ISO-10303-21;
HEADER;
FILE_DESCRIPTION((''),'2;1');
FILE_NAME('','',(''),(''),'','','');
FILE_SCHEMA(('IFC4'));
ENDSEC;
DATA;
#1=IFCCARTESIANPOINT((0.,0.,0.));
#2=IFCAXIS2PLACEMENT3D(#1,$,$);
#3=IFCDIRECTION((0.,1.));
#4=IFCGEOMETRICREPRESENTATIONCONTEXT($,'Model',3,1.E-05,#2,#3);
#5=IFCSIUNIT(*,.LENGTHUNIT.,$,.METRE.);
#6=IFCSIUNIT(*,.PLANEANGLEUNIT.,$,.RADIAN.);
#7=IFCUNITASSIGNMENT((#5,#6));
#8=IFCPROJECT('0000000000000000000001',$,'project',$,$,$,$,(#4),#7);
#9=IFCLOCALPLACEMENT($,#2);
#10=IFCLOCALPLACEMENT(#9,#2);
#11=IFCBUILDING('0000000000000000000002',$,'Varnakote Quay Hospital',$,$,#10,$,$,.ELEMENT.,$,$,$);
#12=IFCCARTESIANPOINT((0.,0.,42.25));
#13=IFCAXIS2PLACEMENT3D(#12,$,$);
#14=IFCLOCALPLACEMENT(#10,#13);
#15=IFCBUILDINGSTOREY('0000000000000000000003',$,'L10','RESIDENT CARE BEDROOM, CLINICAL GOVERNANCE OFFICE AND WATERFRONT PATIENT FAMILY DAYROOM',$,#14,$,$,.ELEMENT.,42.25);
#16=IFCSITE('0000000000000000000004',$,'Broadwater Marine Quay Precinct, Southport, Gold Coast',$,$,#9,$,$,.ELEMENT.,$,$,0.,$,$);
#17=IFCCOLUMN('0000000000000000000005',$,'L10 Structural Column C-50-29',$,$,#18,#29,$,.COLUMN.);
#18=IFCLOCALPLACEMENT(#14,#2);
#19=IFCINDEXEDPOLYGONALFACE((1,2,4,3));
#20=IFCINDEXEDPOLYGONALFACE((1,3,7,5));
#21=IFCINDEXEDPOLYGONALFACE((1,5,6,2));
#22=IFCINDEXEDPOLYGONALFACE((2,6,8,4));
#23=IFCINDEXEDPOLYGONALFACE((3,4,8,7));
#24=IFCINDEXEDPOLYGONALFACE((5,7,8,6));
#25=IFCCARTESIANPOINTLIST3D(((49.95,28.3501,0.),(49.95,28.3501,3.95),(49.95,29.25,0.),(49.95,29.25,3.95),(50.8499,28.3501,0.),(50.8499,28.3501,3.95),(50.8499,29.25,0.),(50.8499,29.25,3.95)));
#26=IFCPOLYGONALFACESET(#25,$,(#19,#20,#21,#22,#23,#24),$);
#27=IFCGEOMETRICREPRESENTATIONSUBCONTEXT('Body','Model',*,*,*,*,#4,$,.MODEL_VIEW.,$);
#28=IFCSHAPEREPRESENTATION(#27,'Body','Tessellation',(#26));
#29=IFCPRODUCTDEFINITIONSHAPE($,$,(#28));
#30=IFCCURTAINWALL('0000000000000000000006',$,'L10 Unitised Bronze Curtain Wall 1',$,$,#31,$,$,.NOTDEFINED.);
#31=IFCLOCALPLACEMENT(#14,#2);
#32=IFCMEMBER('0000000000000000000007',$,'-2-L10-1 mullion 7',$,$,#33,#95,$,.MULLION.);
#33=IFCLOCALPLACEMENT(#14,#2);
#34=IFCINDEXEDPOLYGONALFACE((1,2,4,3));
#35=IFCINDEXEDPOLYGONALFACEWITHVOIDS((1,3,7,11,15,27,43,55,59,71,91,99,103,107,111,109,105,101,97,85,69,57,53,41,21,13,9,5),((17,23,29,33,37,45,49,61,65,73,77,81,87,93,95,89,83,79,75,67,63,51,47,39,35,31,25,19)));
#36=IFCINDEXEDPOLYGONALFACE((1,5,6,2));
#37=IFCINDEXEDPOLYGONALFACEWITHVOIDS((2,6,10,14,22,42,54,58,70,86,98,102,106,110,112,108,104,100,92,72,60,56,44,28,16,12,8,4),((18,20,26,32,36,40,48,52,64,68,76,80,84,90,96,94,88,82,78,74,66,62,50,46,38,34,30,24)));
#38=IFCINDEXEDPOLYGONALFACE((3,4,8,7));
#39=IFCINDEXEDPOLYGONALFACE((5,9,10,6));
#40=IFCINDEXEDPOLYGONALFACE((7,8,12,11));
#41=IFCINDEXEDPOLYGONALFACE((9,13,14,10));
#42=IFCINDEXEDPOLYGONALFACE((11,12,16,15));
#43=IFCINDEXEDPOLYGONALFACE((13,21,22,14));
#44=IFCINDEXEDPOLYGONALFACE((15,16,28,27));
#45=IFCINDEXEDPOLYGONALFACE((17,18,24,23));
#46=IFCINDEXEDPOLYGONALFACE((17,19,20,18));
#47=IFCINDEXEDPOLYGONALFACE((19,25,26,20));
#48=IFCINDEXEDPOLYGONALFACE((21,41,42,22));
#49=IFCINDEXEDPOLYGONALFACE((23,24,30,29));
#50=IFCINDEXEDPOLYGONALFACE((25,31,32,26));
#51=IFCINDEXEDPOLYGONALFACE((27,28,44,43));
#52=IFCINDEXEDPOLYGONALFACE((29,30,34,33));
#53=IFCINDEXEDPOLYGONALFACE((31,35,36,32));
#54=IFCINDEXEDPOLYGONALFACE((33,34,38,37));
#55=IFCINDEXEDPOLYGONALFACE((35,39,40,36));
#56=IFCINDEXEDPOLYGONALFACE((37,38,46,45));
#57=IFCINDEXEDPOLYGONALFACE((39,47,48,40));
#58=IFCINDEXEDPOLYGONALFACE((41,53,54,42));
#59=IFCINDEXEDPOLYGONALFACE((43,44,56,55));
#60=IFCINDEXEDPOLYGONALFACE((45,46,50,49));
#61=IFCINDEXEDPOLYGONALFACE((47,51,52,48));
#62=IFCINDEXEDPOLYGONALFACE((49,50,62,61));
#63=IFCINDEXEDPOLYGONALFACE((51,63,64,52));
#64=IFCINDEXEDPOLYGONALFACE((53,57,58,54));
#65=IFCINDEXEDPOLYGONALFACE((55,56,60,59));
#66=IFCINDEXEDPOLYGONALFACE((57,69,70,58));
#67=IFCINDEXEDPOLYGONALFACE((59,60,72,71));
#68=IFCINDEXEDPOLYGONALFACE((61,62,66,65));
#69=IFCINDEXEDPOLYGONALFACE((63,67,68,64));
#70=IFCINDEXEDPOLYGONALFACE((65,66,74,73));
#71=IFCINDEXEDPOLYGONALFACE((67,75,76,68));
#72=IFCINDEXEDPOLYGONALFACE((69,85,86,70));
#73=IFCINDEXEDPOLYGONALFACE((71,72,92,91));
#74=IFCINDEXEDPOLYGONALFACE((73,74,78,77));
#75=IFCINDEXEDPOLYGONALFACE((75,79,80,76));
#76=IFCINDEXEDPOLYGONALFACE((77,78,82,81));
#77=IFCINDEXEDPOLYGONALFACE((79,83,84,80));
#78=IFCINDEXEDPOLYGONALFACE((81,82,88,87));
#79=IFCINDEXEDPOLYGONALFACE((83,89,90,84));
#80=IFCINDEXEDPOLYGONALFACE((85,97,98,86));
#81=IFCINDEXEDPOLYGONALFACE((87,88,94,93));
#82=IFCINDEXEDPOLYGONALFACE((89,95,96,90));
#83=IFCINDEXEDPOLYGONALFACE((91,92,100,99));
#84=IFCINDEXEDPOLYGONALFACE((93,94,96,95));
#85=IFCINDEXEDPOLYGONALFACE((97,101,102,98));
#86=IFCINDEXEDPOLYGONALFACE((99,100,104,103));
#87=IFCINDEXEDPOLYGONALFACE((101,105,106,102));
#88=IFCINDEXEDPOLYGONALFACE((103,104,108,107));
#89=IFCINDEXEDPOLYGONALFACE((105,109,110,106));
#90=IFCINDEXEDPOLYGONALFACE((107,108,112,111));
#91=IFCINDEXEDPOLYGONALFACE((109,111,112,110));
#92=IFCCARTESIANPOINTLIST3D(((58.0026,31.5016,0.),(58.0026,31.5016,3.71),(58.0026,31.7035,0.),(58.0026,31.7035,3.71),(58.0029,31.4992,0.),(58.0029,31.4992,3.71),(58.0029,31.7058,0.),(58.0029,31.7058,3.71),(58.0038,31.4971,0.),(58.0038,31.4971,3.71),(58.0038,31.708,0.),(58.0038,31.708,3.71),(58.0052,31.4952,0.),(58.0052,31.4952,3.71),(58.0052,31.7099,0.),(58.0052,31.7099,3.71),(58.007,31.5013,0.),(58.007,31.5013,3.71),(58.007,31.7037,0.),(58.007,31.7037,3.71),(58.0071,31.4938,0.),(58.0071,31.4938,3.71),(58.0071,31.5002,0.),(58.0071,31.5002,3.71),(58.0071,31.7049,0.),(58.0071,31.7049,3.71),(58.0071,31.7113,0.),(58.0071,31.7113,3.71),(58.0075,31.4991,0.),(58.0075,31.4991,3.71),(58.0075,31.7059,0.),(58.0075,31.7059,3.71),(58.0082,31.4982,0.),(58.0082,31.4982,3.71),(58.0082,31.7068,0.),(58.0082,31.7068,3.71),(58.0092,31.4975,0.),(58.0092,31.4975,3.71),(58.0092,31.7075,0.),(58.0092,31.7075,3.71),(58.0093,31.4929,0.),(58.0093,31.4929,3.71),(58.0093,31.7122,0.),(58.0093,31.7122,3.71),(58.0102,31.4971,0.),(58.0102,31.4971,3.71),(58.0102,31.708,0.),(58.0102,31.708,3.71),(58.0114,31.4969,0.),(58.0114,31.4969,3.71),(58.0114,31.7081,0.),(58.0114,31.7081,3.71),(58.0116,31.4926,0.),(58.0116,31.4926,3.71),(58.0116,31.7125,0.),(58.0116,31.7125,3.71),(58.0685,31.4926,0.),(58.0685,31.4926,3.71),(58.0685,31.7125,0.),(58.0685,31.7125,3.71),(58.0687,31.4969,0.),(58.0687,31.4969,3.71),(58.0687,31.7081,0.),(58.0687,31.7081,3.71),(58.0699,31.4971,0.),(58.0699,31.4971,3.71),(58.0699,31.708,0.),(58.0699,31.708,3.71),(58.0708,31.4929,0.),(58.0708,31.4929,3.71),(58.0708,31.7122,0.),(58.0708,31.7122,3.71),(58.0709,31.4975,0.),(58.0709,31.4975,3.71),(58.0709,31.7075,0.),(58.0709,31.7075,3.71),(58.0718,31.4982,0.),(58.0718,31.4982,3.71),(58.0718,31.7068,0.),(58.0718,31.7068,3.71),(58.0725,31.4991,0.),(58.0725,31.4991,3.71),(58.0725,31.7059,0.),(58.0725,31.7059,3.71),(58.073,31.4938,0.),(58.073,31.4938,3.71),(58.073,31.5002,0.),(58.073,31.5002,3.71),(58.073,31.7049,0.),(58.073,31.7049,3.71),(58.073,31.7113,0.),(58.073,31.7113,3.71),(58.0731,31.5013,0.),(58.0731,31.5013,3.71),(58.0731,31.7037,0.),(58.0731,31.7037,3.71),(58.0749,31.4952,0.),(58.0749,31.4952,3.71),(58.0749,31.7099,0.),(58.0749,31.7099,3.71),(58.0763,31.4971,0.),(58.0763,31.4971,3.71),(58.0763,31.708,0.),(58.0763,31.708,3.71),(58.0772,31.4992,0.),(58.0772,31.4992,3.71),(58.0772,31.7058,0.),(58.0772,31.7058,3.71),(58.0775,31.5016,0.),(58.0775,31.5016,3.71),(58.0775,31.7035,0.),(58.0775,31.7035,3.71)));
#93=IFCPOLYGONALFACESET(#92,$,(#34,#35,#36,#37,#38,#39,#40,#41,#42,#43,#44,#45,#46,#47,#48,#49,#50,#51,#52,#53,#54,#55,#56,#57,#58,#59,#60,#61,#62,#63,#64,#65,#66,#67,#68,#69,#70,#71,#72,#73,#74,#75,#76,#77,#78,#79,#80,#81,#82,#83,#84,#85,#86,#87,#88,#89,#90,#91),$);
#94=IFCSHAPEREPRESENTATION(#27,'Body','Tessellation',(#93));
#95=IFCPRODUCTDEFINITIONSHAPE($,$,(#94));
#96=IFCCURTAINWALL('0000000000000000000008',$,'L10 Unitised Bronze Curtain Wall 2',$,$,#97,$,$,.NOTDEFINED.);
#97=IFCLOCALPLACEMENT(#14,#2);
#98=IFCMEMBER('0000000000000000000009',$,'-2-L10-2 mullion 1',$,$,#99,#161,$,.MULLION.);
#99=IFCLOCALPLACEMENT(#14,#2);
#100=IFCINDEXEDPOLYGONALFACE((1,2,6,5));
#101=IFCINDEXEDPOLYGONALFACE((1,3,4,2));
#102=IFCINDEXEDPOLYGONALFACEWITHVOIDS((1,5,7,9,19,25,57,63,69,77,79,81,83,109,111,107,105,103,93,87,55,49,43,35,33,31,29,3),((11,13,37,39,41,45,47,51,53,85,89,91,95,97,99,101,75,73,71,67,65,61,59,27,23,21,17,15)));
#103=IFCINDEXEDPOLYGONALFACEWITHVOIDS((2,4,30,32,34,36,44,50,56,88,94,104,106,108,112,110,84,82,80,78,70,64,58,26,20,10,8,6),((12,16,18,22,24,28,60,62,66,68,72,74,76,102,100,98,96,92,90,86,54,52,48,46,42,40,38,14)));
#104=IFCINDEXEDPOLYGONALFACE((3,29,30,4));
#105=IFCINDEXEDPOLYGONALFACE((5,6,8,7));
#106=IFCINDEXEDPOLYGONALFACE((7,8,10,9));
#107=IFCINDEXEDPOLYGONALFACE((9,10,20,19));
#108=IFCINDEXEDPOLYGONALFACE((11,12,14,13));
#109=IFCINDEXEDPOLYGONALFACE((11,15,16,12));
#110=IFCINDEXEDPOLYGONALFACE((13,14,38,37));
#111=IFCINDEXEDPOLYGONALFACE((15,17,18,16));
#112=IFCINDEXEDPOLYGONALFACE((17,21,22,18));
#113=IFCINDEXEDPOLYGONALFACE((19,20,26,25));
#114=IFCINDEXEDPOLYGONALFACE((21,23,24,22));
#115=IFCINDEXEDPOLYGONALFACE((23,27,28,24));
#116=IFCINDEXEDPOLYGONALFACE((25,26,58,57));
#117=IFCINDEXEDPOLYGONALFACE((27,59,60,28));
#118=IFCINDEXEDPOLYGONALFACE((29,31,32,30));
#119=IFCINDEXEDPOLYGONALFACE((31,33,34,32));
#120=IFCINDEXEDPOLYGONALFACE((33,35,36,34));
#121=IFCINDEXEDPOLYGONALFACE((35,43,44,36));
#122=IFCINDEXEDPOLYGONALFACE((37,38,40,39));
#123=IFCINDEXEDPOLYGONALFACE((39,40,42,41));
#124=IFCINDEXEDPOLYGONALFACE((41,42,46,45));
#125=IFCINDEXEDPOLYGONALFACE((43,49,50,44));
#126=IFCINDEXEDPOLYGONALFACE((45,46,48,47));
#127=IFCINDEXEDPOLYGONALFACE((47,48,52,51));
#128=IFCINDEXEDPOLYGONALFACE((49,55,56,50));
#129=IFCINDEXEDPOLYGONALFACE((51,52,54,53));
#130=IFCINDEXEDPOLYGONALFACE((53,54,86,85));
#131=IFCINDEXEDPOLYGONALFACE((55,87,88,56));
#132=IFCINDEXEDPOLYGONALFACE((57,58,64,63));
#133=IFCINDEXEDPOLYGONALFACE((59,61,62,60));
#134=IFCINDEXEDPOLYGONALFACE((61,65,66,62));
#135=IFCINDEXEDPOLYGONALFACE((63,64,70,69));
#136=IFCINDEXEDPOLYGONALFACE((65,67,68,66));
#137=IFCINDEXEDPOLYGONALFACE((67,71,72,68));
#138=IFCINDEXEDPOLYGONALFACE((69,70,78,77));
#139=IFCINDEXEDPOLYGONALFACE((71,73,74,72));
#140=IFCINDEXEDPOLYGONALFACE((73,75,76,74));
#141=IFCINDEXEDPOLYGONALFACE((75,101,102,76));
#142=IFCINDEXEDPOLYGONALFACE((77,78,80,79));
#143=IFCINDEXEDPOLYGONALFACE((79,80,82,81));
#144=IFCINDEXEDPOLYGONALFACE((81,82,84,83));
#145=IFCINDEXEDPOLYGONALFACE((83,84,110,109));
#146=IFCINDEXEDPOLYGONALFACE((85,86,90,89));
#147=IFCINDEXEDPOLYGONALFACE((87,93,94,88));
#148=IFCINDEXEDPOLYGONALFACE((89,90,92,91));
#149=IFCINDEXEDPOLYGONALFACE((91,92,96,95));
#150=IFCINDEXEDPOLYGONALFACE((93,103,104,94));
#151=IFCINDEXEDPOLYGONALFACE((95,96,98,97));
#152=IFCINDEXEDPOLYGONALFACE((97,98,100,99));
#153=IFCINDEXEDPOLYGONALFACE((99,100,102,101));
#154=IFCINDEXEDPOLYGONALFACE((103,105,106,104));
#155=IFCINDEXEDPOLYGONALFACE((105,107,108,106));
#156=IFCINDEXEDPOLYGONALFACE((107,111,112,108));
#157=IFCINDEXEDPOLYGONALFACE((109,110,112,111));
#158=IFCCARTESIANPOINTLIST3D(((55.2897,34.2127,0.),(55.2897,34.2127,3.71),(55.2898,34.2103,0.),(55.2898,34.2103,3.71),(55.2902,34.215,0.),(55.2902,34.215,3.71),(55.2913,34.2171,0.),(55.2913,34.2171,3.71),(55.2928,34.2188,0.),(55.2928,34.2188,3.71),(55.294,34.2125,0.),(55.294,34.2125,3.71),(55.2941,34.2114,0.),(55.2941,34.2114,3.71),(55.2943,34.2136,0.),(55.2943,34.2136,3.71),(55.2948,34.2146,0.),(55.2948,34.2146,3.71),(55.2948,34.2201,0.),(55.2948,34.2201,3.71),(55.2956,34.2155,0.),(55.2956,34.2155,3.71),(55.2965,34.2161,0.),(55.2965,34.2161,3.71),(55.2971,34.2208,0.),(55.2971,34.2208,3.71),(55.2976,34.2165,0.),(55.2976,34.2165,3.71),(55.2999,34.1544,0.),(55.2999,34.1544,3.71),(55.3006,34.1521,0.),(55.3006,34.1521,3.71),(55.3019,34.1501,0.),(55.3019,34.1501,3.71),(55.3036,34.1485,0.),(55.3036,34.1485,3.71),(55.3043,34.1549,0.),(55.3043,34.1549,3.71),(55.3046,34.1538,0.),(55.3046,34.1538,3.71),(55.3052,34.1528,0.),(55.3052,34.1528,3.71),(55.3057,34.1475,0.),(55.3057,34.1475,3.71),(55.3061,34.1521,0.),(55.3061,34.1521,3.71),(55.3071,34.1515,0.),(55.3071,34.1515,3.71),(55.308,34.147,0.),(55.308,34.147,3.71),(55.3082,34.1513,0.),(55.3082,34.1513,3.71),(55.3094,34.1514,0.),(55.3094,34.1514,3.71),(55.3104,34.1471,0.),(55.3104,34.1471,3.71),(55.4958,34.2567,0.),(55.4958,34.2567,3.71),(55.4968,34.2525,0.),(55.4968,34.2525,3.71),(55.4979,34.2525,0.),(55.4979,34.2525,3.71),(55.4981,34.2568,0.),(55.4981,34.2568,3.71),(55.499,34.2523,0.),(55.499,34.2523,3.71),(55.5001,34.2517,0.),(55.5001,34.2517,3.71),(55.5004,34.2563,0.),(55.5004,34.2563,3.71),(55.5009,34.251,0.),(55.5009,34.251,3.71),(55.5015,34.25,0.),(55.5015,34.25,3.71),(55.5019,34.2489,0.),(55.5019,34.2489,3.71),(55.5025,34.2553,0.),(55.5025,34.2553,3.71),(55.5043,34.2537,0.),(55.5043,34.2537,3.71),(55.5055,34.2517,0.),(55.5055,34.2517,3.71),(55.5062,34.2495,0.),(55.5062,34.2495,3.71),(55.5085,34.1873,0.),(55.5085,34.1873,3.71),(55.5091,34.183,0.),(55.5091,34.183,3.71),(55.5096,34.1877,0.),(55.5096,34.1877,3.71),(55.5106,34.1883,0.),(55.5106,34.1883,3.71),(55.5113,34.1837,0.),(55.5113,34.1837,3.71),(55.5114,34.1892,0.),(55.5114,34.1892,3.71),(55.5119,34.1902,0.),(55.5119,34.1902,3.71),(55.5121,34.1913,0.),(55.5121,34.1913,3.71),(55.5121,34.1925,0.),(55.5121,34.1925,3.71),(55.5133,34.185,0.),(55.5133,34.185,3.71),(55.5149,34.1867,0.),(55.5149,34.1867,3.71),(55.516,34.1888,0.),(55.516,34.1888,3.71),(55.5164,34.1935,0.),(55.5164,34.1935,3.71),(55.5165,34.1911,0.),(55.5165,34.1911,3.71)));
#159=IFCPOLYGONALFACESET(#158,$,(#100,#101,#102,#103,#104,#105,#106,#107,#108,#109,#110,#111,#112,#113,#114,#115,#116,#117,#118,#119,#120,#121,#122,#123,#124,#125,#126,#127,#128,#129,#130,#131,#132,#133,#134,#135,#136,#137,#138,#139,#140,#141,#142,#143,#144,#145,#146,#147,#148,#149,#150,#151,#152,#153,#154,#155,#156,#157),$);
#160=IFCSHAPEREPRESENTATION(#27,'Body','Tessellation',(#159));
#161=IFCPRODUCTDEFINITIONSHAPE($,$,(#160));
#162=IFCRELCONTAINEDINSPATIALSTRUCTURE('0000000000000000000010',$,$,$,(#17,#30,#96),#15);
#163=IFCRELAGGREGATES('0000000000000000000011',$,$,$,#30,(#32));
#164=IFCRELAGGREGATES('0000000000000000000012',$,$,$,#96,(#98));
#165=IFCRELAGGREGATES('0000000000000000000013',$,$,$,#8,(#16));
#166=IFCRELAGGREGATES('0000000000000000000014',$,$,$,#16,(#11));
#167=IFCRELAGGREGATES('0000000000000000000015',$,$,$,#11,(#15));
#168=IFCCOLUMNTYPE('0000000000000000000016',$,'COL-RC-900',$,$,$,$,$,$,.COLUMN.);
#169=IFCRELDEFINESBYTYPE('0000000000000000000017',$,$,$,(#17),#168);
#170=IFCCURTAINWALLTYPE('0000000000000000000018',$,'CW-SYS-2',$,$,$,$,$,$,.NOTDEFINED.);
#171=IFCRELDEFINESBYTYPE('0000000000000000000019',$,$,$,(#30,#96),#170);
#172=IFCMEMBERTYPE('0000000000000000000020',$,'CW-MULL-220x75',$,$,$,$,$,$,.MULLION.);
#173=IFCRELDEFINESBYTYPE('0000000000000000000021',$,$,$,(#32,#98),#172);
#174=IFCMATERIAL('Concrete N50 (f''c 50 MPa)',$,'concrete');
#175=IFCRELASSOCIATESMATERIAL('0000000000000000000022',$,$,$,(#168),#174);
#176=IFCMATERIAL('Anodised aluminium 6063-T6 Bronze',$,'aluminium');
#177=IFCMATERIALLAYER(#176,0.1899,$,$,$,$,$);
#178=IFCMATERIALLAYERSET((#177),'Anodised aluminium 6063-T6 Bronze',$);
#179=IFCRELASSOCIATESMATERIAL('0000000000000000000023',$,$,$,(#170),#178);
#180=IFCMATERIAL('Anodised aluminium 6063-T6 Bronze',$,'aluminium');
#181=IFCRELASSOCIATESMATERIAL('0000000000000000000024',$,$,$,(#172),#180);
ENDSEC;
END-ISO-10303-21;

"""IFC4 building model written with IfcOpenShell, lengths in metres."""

from ifc_helpers import new_model, si_unit, direction, frame, origin, origin_2d, place, context, subcontext, project, spatial, rectangle, hollow_rectangle, extrude, material, layer, layer_set, material_profile, profile_set, type_object, element, aggregate, save


model = new_model("IFC4")

# Units and contexts
model_context = context("Model", 3, precision=1e-05, world=origin(), true_north=direction((0.0, 1.0)))
body_context = subcontext(model_context, "Body", "Model", "MODEL_VIEW")
ifc_project = project(units=[si_unit("LENGTHUNIT", "METRE"), si_unit("PLANEANGLEUNIT", "RADIAN")], contexts=[model_context])

# Site, building, storey
site_placement = place(None, origin())
site = spatial("IfcSite", under=ifc_project, at=site_placement, Name="Broadwater Marine Quay Precinct, Southport, Gold Coast", CompositionType="ELEMENT", RefElevation=0.0)
building_placement = place(site_placement, origin())
building = spatial("IfcBuilding", under=site, at=building_placement, Name="Varnakote Quay Hospital", CompositionType="ELEMENT")
storey_placement = place(building_placement, frame((0.0, 0.0, 42.25)))
storey = spatial("IfcBuildingStorey", under=building, at=storey_placement, Name="L10", Description="RESIDENT CARE BEDROOM, CLINICAL GOVERNANCE OFFICE AND WATERFRONT PATIENT FAMILY DAYROOM", CompositionType="ELEMENT", Elevation=42.25)

# Column
ifc_material_1 = material(Name="Concrete N50 (f'c 50 MPa)", Category="concrete")
ifc_material_profile_1 = material_profile(ifc_material_1, rectangle(XDim=0.8999, YDim=0.8999, at=origin_2d()), Name="RC-COL-900x900")
ifc_profile_set_1 = profile_set([ifc_material_profile_1], Name="Concrete N50 (f'c 50 MPa)")
column_type = type_object("IfcColumnType", Name="COL-RC-900", PredefinedType="COLUMN", material=ifc_profile_set_1)
column_placement = place(storey_placement, frame((50.3999, 28.8, 0.0), z_axis=(0.0, 0.0, 1.0), x_axis=(1.0, 0.0, 0.0)))
element("IfcColumn", 1, at=column_placement, inside=storey, type_object=column_type, Name="L10 Structural Column C-50-29", PredefinedType="COLUMN", context=body_context, shape_type="SweptSolid", body=[
    extrude(rectangle(XDim=0.8999, YDim=0.8999, at=origin_2d()), origin(), (0.0, 0.0, 1.0), 3.95),
])

# Curtain wall, member
ifc_material_2 = material(Name="Anodised aluminium 6063-T6 Bronze", Category="aluminium")
ifc_layer_1 = layer(ifc_material_2, 0.1899)
ifc_layer_set_1 = layer_set([ifc_layer_1], Name="Anodised aluminium 6063-T6 Bronze")
curtain_wall_type = type_object("IfcCurtainWallType", Name="CW-SYS-2", PredefinedType="NOTDEFINED", material=ifc_layer_set_1)
curtain_wall_1_placement = place(storey_placement, origin())
curtain_wall_1 = element("IfcCurtainWall", 2, at=curtain_wall_1_placement, inside=storey, type_object=curtain_wall_type, Name="L10 Unitised Bronze Curtain Wall 1", PredefinedType="NOTDEFINED")
ifc_material_3 = material(Name="Anodised aluminium 6063-T6 Bronze", Category="aluminium")
ifc_material_profile_2 = material_profile(ifc_material_3, hollow_rectangle(XDim=0.075, YDim=0.22, WallThickness=0.0044, InnerFilletRadius=0.0044, OuterFilletRadius=0.009, at=origin_2d()), Name="CW-MULL-220x75")
ifc_profile_set_2 = profile_set([ifc_material_profile_2], Name="Anodised aluminium 6063-T6 Bronze")
member_type_1 = type_object("IfcMemberType", Name="CW-MULL-220x75", PredefinedType="MULLION", material=ifc_profile_set_2)
member_1_placement = place(storey_placement, frame((58.04, 31.6025, 0.0), z_axis=(0.0, 0.0, 1.0), x_axis=(-1.0, 0.0, 0.0)))
member_1 = element("IfcMember", 3, at=member_1_placement, type_object=member_type_1, Name="-2-L10-1 mullion 7", PredefinedType="MULLION", context=body_context, shape_type="SweptSolid", body=[
    extrude(hollow_rectangle(XDim=0.075, YDim=0.22, WallThickness=0.0044, InnerFilletRadius=0.0044, OuterFilletRadius=0.009, at=origin_2d()), origin(), (0.0, 0.0, 1.0), 3.71),
])

# Curtain wall, member
curtain_wall_2_placement = place(storey_placement, origin())
curtain_wall_2 = element("IfcCurtainWall", 4, at=curtain_wall_2_placement, inside=storey, type_object=curtain_wall_type, Name="L10 Unitised Bronze Curtain Wall 2", PredefinedType="NOTDEFINED")
member_2_placement = place(storey_placement, frame((55.4031, 34.2019, 0.0), z_axis=(0.0, 0.0, 1.0), x_axis=(0.177846, -0.984058, 0.0)))
member_2 = element("IfcMember", 5, at=member_2_placement, type_object=member_type_1, Name="-2-L10-2 mullion 1", PredefinedType="MULLION", context=body_context, shape_type="SweptSolid", body=[
    extrude(hollow_rectangle(XDim=0.075, YDim=0.22, WallThickness=0.0044, InnerFilletRadius=0.0044, OuterFilletRadius=0.009, at=origin_2d()), origin(), (0.0, 0.0, 1.0), 3.71),
])

aggregate(curtain_wall_1, [member_1])
aggregate(curtain_wall_2, [member_2])

save(model, "model.ifc")
